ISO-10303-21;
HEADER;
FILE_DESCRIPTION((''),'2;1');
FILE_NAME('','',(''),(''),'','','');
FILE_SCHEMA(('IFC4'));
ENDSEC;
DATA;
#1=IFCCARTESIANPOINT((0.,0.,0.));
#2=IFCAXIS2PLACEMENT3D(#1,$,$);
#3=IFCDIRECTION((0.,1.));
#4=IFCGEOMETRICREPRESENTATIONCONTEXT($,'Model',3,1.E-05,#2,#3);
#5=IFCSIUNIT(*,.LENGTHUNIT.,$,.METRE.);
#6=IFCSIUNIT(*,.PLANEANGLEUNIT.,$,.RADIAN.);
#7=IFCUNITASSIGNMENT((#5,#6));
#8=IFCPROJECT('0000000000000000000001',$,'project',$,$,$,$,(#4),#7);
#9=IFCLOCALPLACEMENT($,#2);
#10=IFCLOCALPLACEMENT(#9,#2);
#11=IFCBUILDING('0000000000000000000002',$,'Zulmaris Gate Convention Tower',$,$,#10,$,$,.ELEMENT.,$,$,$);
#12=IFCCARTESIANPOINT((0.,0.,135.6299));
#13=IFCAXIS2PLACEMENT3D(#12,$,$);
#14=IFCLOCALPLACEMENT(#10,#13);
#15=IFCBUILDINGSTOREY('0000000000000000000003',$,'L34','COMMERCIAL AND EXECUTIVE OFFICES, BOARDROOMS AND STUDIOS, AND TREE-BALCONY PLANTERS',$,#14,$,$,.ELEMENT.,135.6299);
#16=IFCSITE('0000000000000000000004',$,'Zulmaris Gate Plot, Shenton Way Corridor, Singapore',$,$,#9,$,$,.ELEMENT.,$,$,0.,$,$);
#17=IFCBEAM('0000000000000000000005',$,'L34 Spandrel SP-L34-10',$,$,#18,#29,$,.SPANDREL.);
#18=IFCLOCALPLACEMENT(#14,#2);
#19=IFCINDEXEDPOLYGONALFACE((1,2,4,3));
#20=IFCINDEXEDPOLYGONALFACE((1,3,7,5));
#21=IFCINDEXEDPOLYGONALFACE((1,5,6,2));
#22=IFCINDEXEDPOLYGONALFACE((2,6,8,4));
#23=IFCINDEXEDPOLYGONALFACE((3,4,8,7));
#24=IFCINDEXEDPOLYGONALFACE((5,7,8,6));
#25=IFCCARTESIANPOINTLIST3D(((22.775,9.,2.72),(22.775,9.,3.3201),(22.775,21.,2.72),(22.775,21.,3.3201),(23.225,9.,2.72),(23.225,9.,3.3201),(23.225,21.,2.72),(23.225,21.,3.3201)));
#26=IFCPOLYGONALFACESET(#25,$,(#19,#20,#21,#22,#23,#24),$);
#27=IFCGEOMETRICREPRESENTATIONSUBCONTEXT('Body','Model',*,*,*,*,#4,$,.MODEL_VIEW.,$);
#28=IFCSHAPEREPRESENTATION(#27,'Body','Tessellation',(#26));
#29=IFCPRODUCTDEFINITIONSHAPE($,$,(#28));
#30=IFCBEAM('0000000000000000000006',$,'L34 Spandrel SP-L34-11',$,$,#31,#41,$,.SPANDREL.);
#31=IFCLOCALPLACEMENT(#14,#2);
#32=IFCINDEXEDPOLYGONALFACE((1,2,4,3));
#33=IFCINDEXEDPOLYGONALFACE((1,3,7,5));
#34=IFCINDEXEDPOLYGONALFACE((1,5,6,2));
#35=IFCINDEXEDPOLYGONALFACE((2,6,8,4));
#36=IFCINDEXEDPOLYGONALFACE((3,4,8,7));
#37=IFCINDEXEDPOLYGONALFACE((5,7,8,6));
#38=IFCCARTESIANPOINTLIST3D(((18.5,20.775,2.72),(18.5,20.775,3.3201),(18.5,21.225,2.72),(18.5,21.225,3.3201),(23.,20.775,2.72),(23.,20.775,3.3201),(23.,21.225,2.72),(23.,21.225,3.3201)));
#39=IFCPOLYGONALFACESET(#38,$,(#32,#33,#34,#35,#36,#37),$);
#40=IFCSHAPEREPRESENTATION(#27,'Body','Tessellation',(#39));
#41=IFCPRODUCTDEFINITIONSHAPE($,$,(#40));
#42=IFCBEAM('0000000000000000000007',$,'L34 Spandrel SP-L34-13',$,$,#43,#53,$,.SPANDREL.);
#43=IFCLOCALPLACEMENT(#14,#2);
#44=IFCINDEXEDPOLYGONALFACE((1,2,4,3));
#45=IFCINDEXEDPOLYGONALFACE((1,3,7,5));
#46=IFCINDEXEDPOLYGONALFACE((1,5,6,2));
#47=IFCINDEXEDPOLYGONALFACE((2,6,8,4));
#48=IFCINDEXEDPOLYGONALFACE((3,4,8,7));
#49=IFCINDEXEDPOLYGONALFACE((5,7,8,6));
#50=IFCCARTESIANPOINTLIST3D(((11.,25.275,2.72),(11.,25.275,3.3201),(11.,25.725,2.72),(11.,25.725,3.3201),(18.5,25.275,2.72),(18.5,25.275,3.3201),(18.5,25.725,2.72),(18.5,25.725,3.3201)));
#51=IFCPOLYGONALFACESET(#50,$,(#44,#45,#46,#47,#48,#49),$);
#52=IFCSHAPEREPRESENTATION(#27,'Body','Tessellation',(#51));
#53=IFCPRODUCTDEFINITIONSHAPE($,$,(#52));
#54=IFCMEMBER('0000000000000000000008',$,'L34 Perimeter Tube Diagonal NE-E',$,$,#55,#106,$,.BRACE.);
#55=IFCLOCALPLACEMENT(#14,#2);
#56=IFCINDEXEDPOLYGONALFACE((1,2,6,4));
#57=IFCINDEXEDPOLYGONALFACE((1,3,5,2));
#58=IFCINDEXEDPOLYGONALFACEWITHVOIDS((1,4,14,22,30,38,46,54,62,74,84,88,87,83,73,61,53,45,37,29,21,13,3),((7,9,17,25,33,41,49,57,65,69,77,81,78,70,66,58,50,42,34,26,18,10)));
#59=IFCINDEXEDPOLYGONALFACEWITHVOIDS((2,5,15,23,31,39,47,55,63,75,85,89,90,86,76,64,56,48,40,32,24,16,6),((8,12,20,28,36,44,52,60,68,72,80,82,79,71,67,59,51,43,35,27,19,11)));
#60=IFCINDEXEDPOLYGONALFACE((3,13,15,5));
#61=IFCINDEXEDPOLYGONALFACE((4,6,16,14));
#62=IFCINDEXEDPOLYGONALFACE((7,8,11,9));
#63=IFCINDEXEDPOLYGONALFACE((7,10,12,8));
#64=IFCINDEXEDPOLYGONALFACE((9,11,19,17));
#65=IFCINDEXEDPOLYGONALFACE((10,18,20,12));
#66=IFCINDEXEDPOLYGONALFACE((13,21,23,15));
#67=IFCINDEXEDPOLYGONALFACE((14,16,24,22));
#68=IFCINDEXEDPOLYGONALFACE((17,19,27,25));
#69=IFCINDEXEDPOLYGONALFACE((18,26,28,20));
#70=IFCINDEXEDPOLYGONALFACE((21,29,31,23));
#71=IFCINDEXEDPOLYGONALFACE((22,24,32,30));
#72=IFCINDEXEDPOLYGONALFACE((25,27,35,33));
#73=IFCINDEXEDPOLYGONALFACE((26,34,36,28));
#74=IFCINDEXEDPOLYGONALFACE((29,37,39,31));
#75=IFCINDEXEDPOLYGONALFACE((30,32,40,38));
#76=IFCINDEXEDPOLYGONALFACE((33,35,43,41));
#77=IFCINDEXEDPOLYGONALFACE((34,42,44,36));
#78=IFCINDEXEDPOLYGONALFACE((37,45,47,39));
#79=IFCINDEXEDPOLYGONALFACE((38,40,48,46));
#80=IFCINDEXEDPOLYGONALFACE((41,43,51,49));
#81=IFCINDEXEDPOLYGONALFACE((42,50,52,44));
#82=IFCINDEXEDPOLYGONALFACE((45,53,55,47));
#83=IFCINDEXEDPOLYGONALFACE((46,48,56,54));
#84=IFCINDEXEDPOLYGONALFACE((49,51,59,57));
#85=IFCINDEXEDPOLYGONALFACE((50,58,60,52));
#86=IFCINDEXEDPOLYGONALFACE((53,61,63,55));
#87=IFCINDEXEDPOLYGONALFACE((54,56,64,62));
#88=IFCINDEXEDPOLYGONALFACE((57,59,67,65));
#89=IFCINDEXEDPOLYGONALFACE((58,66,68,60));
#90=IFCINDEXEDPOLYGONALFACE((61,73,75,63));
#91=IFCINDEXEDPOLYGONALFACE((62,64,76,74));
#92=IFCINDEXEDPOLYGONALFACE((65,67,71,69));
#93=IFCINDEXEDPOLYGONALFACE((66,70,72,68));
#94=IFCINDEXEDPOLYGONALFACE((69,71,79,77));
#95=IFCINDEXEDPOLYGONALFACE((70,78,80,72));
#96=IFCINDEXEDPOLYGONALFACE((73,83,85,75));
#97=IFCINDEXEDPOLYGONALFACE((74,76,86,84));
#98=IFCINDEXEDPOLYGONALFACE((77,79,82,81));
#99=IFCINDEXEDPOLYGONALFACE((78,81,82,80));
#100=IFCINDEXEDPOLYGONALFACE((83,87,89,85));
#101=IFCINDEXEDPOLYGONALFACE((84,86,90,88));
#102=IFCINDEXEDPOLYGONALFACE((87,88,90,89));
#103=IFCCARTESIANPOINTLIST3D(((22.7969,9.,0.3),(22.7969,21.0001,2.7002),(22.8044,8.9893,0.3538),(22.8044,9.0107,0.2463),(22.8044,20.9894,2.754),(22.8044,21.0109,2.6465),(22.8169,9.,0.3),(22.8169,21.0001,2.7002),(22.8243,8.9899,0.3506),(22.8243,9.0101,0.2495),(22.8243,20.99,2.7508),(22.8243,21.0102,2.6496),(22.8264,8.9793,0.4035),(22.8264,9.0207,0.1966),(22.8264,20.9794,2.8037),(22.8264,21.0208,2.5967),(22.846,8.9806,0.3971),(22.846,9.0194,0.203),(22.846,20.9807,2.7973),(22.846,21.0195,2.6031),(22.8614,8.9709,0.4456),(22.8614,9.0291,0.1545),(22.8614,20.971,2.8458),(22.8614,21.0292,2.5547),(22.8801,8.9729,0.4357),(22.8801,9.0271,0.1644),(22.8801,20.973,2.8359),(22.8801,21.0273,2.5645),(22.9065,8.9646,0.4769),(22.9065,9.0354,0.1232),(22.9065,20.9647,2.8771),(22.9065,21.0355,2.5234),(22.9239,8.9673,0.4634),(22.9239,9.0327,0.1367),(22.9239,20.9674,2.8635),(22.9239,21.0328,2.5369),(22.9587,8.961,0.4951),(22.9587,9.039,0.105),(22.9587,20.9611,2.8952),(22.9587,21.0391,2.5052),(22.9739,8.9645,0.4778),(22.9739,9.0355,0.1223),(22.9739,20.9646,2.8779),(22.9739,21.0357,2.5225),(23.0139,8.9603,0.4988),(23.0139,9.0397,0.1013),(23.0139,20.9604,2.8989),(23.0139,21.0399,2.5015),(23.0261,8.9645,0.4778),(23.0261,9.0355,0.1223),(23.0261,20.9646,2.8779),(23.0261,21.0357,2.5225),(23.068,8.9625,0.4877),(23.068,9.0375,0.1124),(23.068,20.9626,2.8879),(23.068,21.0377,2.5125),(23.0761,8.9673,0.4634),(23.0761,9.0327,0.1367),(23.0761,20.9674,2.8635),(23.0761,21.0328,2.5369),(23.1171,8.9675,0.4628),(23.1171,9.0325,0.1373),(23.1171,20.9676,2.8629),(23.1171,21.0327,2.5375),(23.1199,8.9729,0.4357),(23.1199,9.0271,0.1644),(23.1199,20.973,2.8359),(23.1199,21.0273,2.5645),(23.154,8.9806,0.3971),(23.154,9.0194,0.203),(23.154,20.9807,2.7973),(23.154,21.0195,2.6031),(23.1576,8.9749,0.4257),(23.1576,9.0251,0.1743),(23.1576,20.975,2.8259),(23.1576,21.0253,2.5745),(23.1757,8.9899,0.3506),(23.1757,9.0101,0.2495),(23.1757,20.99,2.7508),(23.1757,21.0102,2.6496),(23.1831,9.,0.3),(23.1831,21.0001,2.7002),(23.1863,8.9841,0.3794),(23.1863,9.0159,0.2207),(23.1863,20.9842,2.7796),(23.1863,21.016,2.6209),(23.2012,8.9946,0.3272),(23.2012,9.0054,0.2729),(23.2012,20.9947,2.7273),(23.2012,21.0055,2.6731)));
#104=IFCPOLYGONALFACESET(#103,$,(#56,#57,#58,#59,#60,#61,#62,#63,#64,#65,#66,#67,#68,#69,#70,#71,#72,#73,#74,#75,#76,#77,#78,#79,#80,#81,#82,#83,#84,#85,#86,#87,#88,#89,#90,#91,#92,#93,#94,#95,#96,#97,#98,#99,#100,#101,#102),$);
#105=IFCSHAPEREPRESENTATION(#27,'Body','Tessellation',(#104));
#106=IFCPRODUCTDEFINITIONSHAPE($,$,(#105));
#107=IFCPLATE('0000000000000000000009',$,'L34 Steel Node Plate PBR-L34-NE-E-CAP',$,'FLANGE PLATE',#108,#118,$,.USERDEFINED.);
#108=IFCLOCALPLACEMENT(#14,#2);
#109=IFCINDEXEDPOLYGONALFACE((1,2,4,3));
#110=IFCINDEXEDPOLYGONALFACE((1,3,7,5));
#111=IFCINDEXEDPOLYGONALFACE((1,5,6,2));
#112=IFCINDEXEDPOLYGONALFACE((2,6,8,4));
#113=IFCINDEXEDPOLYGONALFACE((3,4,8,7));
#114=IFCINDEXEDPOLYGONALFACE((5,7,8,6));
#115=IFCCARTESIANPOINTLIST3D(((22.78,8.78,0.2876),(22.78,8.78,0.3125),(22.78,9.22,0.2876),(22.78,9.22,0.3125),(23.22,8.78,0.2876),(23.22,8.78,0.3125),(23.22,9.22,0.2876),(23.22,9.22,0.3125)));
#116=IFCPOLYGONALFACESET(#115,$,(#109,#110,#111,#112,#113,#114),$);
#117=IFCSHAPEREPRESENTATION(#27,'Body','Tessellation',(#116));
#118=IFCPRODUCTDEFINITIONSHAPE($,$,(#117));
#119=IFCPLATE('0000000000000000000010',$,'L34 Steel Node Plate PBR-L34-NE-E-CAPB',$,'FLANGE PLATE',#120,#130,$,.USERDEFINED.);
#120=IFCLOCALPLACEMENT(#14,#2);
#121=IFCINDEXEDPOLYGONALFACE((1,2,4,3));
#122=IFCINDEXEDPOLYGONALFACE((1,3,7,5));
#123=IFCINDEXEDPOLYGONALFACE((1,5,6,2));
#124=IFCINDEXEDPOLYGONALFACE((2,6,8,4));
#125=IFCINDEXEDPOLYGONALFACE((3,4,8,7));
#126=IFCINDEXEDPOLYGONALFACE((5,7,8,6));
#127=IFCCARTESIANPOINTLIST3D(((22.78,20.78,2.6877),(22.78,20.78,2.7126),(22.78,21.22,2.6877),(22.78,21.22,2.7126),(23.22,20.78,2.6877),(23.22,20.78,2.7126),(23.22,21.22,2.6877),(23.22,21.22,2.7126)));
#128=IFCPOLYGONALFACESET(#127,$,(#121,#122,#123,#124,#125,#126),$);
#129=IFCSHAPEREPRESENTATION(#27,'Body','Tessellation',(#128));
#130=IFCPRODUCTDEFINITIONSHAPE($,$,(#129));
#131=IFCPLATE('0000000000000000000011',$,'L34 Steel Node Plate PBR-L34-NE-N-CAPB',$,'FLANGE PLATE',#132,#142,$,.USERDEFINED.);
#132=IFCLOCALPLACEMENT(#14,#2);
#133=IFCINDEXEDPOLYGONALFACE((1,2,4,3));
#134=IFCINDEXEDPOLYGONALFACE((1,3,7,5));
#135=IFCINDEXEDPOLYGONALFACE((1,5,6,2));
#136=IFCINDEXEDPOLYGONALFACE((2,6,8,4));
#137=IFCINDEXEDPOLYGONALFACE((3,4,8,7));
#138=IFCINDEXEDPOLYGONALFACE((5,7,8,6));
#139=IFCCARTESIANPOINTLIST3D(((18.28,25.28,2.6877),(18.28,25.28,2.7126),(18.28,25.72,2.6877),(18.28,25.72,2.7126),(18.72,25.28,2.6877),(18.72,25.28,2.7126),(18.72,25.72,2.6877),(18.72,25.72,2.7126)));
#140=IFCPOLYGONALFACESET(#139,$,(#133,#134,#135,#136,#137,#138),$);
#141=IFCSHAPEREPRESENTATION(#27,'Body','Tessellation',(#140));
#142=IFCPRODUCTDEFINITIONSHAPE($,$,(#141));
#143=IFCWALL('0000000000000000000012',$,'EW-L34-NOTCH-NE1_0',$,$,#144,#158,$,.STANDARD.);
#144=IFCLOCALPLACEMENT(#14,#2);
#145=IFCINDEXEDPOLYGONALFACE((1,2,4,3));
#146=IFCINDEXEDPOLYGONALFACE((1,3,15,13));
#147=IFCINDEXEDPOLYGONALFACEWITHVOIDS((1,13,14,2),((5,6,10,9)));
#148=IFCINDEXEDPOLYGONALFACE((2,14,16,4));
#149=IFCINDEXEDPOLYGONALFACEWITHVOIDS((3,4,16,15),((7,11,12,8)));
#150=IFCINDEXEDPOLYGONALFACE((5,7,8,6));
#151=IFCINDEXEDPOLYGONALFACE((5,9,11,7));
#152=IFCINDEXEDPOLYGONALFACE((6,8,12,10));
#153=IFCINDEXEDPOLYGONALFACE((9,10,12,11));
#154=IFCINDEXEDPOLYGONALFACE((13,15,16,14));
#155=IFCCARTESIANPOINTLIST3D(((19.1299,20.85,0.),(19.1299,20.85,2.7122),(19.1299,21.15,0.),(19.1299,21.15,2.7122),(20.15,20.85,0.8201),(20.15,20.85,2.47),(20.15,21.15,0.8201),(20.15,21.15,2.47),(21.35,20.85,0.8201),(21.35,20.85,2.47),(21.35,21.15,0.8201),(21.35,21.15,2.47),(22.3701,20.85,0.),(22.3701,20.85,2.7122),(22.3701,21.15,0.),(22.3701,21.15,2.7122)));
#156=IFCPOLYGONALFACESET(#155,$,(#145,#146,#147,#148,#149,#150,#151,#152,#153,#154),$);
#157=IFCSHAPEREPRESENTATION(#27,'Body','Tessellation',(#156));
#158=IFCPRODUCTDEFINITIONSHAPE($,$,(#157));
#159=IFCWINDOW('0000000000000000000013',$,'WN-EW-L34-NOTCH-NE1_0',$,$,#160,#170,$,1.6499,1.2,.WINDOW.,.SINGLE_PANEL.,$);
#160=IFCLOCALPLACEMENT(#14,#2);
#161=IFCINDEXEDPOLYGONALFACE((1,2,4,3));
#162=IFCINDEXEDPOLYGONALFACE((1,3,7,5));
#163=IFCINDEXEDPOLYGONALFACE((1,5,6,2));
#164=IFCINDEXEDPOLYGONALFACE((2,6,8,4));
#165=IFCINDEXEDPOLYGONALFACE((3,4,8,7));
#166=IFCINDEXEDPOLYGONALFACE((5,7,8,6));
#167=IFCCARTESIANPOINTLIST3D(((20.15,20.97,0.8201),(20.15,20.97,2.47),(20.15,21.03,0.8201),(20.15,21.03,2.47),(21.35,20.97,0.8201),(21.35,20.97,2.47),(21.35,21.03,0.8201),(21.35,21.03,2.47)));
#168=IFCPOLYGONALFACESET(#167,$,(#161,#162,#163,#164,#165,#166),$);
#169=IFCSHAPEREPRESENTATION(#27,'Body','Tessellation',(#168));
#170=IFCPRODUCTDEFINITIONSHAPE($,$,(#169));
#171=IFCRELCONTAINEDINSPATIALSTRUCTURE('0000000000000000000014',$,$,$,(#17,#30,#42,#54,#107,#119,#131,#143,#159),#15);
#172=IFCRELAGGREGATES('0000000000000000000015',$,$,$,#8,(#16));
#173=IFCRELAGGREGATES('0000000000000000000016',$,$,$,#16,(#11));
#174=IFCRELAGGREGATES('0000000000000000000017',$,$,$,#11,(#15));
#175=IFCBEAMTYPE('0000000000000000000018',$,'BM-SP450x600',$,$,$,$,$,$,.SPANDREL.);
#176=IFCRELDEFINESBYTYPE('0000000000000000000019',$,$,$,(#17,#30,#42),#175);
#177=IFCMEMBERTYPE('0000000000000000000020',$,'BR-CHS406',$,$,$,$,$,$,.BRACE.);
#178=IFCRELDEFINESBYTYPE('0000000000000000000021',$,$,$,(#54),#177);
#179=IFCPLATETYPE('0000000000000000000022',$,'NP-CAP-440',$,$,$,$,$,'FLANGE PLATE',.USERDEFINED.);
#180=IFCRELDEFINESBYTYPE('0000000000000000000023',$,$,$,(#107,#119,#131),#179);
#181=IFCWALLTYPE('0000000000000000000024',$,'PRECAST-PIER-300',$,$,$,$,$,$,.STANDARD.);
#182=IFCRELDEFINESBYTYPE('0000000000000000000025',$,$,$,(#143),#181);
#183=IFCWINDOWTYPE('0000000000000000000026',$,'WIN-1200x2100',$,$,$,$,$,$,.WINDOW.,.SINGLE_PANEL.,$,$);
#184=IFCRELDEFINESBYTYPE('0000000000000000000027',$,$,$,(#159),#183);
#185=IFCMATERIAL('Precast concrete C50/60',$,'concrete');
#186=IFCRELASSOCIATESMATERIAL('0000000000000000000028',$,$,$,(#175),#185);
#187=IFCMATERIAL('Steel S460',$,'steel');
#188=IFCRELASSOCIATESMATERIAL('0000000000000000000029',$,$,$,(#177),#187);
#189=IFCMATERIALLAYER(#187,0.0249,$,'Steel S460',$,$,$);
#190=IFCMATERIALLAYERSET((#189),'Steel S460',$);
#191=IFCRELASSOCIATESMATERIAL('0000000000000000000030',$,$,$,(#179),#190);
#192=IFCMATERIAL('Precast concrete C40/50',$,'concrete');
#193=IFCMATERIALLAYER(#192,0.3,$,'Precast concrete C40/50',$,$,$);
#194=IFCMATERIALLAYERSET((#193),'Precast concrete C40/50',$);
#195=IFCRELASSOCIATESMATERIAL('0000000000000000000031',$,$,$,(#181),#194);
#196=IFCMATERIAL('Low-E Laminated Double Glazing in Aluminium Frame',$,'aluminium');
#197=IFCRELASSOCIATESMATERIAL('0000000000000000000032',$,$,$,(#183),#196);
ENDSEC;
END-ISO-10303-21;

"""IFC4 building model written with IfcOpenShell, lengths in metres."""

from ifc_helpers import new_model, si_unit, direction, frame, frame_2d, origin, origin_2d, place, context, subcontext, project, spatial, rectangle, hollow_circle, extrude, material, layer, layer_set, material_profile, profile_set, type_object, element, fill, save


model = new_model("IFC4")

# Units and contexts
model_context = context("Model", 3, precision=1e-05, world=origin(), true_north=direction((0.0, 1.0)))
body_context = subcontext(model_context, "Body", "Model", "MODEL_VIEW")
ifc_project = project(units=[si_unit("LENGTHUNIT", "METRE"), si_unit("PLANEANGLEUNIT", "RADIAN")], contexts=[model_context])

# Site, building, storey
site_placement = place(None, origin())
site = spatial("IfcSite", under=ifc_project, at=site_placement, Name="Zulmaris Gate Plot, Shenton Way Corridor, Singapore", CompositionType="ELEMENT", RefElevation=0.0)
building_placement = place(site_placement, origin())
building = spatial("IfcBuilding", under=site, at=building_placement, Name="Zulmaris Gate Convention Tower", CompositionType="ELEMENT")
storey_placement = place(building_placement, frame((0.0, 0.0, 135.6299)))
storey = spatial("IfcBuildingStorey", under=building, at=storey_placement, Name="L34", Description="COMMERCIAL AND EXECUTIVE OFFICES, BOARDROOMS AND STUDIOS, AND TREE-BALCONY PLANTERS", CompositionType="ELEMENT", Elevation=135.6299)

# Beams
ifc_material_1 = material(Name="Precast concrete C50/60", Category="concrete")
ifc_material_profile_1 = material_profile(ifc_material_1, rectangle(XDim=0.45, YDim=0.6001, at=origin_2d()), Name="RC SPANDREL 450x600")
ifc_profile_set_1 = profile_set([ifc_material_profile_1], Name="Precast concrete C50/60")
beam_type_1 = type_object("IfcBeamType", Name="BM-SP450x600", PredefinedType="SPANDREL", material=ifc_profile_set_1)
beam_1_placement = place(storey_placement, frame((23.0, 9.0, 3.02), z_axis=(0.0, 1.0, 0.0), x_axis=(-1.0, 0.0, 0.0)))
element("IfcBeam", 1, at=beam_1_placement, inside=storey, type_object=beam_type_1, Name="L34 Spandrel SP-L34-10", PredefinedType="SPANDREL", context=body_context, shape_type="SweptSolid", body=[
    extrude(rectangle(XDim=0.45, YDim=0.6001, at=origin_2d()), origin(), (0.0, 0.0, 1.0), 12.0),
])
beam_2_placement = place(storey_placement, frame((23.0, 21.0, 3.02), z_axis=(-1.0, 0.0, 0.0), x_axis=(0.0, -1.0, 0.0)))
element("IfcBeam", 2, at=beam_2_placement, inside=storey, type_object=beam_type_1, Name="L34 Spandrel SP-L34-11", PredefinedType="SPANDREL", context=body_context, shape_type="SweptSolid", body=[
    extrude(rectangle(XDim=0.45, YDim=0.6001, at=origin_2d()), origin(), (0.0, 0.0, 1.0), 4.5),
])
beam_3_placement = place(storey_placement, frame((18.5, 25.5, 3.02), z_axis=(-1.0, 0.0, 0.0), x_axis=(0.0, -1.0, 0.0)))
element("IfcBeam", 3, at=beam_3_placement, inside=storey, type_object=beam_type_1, Name="L34 Spandrel SP-L34-13", PredefinedType="SPANDREL", context=body_context, shape_type="SweptSolid", body=[
    extrude(rectangle(XDim=0.45, YDim=0.6001, at=origin_2d()), origin(), (0.0, 0.0, 1.0), 7.5),
])

# Member
ifc_material_2 = material(Name="Steel S460", Category="steel")
ifc_material_profile_2 = material_profile(ifc_material_2, hollow_circle(Radius=0.2031, WallThickness=0.02, at=origin_2d()), Name="CHS 406.4x20")
ifc_profile_set_2 = profile_set([ifc_material_profile_2], Name="Steel S460")
member_type = type_object("IfcMemberType", Name="BR-CHS406", PredefinedType="BRACE", material=ifc_profile_set_2)
member_placement = place(storey_placement, frame((23.0, 9.0, 0.3), z_axis=(0.0, 0.980578, 0.196128), x_axis=(-1.0, 0.0, 0.0)))
element("IfcMember", 4, at=member_placement, inside=storey, type_object=member_type, Name="L34 Perimeter Tube Diagonal NE-E", PredefinedType="BRACE", context=body_context, shape_type="SweptSolid", body=[
    extrude(hollow_circle(Radius=0.2031, WallThickness=0.02, at=origin_2d()), origin(), (0.0, 0.0, 1.0), 12.2378),
])

# Plates
ifc_layer_1 = layer(ifc_material_2, 0.0249, Name="Steel S460")
ifc_layer_set_1 = layer_set([ifc_layer_1], Name="Steel S460")
plate_type = type_object("IfcPlateType", Name="NP-CAP-440", ElementType="FLANGE PLATE", PredefinedType="USERDEFINED", material=ifc_layer_set_1)
for number, where, z_axis, x_axis, name in (
    (5, (23.0, 9.0, 0.2876), (0.0, 0.0, 1.0), (1.0, 0.0, 0.0), "L34 Steel Node Plate PBR-L34-NE-E-CAP"),
    (6, (23.0, 21.0, 2.6877), (0.0, 0.0, 1.0), (1.0, 0.0, 0.0), "L34 Steel Node Plate PBR-L34-NE-E-CAPB"),
    (7, (18.5, 25.5, 2.6877), (0.0, 0.0, 1.0), (1.0, 0.0, 0.0), "L34 Steel Node Plate PBR-L34-NE-N-CAPB"),
):
    element("IfcPlate", number, at=place(storey_placement, frame(where, z_axis=z_axis, x_axis=x_axis)), inside=storey, type_object=plate_type, Name=name, ObjectType="FLANGE PLATE", PredefinedType="USERDEFINED", context=body_context, shape_type="SweptSolid", body=[
        extrude(rectangle(XDim=0.4399, YDim=0.4399, at=origin_2d()), origin(), (0.0, 0.0, 1.0), 0.0249),
    ])

# Wall, opening, window
ifc_material_3 = material(Name="Precast concrete C40/50", Category="concrete")
ifc_layer_2 = layer(ifc_material_3, 0.3, Name="Precast concrete C40/50")
ifc_layer_set_2 = layer_set([ifc_layer_2], Name="Precast concrete C40/50")
wall_type_1 = type_object("IfcWallType", Name="PRECAST-PIER-300", PredefinedType="STANDARD", material=ifc_layer_set_2)
wall_1_placement = place(storey_placement, frame((22.3701, 21.0, 0.0), z_axis=(0.0, 0.0, 1.0), x_axis=(-1.0, 0.0, 0.0)))
wall_1 = element("IfcWall", 8, at=wall_1_placement, inside=storey, type_object=wall_type_1, Name="EW-L34-NOTCH-NE1_0", PredefinedType="STANDARD", context=body_context, shape_type="SweptSolid", body=[
    extrude(rectangle(XDim=3.2402, YDim=0.3, at=frame_2d((1.6201, 0.0))), origin(), (0.0, 0.0, 1.0), 2.7122),
])
opening_1_placement = place(wall_1_placement, frame((1.02, 0.0, 0.8201)))
opening_1 = element("IfcOpeningElement", 9, at=opening_1_placement, cuts=wall_1, PredefinedType="OPENING", context=body_context, shape_type="SweptSolid", body=[
    extrude(rectangle(XDim=1.2, YDim=1.6499, at=frame_2d((0.6001, 0.825))), frame((0.0, 0.1602, 0.0), z_axis=(0.0, -1.0, 0.0), x_axis=(1.0, 0.0, 0.0)), (0.0, 0.0, 1.0), 0.3201),
])
ifc_material_4 = material(Name="Low-E Laminated Double Glazing in Aluminium Frame", Category="aluminium")
window_type = type_object("IfcWindowType", Name="WIN-1200x2100", PartitioningType="SINGLE_PANEL", PredefinedType="WINDOW", material=ifc_material_4)
window_1_placement = place(opening_1_placement, origin())
window_1 = element("IfcWindow", 10, at=window_1_placement, inside=storey, type_object=window_type, Name="WN-EW-L34-NOTCH-NE1_0", OverallHeight=1.6499, OverallWidth=1.2, PartitioningType="SINGLE_PANEL", PredefinedType="WINDOW", context=body_context, shape_type="SweptSolid", body=[
    extrude(rectangle(XDim=1.2, YDim=1.6499, at=frame_2d((0.6001, 0.825))), frame((0.0, 0.03, 0.0), z_axis=(0.0, -1.0, 0.0), x_axis=(1.0, 0.0, 0.0)), (0.0, 0.0, 1.0), 0.0601),
])
fill(opening_1, window_1)

save(model, "model.ifc")
